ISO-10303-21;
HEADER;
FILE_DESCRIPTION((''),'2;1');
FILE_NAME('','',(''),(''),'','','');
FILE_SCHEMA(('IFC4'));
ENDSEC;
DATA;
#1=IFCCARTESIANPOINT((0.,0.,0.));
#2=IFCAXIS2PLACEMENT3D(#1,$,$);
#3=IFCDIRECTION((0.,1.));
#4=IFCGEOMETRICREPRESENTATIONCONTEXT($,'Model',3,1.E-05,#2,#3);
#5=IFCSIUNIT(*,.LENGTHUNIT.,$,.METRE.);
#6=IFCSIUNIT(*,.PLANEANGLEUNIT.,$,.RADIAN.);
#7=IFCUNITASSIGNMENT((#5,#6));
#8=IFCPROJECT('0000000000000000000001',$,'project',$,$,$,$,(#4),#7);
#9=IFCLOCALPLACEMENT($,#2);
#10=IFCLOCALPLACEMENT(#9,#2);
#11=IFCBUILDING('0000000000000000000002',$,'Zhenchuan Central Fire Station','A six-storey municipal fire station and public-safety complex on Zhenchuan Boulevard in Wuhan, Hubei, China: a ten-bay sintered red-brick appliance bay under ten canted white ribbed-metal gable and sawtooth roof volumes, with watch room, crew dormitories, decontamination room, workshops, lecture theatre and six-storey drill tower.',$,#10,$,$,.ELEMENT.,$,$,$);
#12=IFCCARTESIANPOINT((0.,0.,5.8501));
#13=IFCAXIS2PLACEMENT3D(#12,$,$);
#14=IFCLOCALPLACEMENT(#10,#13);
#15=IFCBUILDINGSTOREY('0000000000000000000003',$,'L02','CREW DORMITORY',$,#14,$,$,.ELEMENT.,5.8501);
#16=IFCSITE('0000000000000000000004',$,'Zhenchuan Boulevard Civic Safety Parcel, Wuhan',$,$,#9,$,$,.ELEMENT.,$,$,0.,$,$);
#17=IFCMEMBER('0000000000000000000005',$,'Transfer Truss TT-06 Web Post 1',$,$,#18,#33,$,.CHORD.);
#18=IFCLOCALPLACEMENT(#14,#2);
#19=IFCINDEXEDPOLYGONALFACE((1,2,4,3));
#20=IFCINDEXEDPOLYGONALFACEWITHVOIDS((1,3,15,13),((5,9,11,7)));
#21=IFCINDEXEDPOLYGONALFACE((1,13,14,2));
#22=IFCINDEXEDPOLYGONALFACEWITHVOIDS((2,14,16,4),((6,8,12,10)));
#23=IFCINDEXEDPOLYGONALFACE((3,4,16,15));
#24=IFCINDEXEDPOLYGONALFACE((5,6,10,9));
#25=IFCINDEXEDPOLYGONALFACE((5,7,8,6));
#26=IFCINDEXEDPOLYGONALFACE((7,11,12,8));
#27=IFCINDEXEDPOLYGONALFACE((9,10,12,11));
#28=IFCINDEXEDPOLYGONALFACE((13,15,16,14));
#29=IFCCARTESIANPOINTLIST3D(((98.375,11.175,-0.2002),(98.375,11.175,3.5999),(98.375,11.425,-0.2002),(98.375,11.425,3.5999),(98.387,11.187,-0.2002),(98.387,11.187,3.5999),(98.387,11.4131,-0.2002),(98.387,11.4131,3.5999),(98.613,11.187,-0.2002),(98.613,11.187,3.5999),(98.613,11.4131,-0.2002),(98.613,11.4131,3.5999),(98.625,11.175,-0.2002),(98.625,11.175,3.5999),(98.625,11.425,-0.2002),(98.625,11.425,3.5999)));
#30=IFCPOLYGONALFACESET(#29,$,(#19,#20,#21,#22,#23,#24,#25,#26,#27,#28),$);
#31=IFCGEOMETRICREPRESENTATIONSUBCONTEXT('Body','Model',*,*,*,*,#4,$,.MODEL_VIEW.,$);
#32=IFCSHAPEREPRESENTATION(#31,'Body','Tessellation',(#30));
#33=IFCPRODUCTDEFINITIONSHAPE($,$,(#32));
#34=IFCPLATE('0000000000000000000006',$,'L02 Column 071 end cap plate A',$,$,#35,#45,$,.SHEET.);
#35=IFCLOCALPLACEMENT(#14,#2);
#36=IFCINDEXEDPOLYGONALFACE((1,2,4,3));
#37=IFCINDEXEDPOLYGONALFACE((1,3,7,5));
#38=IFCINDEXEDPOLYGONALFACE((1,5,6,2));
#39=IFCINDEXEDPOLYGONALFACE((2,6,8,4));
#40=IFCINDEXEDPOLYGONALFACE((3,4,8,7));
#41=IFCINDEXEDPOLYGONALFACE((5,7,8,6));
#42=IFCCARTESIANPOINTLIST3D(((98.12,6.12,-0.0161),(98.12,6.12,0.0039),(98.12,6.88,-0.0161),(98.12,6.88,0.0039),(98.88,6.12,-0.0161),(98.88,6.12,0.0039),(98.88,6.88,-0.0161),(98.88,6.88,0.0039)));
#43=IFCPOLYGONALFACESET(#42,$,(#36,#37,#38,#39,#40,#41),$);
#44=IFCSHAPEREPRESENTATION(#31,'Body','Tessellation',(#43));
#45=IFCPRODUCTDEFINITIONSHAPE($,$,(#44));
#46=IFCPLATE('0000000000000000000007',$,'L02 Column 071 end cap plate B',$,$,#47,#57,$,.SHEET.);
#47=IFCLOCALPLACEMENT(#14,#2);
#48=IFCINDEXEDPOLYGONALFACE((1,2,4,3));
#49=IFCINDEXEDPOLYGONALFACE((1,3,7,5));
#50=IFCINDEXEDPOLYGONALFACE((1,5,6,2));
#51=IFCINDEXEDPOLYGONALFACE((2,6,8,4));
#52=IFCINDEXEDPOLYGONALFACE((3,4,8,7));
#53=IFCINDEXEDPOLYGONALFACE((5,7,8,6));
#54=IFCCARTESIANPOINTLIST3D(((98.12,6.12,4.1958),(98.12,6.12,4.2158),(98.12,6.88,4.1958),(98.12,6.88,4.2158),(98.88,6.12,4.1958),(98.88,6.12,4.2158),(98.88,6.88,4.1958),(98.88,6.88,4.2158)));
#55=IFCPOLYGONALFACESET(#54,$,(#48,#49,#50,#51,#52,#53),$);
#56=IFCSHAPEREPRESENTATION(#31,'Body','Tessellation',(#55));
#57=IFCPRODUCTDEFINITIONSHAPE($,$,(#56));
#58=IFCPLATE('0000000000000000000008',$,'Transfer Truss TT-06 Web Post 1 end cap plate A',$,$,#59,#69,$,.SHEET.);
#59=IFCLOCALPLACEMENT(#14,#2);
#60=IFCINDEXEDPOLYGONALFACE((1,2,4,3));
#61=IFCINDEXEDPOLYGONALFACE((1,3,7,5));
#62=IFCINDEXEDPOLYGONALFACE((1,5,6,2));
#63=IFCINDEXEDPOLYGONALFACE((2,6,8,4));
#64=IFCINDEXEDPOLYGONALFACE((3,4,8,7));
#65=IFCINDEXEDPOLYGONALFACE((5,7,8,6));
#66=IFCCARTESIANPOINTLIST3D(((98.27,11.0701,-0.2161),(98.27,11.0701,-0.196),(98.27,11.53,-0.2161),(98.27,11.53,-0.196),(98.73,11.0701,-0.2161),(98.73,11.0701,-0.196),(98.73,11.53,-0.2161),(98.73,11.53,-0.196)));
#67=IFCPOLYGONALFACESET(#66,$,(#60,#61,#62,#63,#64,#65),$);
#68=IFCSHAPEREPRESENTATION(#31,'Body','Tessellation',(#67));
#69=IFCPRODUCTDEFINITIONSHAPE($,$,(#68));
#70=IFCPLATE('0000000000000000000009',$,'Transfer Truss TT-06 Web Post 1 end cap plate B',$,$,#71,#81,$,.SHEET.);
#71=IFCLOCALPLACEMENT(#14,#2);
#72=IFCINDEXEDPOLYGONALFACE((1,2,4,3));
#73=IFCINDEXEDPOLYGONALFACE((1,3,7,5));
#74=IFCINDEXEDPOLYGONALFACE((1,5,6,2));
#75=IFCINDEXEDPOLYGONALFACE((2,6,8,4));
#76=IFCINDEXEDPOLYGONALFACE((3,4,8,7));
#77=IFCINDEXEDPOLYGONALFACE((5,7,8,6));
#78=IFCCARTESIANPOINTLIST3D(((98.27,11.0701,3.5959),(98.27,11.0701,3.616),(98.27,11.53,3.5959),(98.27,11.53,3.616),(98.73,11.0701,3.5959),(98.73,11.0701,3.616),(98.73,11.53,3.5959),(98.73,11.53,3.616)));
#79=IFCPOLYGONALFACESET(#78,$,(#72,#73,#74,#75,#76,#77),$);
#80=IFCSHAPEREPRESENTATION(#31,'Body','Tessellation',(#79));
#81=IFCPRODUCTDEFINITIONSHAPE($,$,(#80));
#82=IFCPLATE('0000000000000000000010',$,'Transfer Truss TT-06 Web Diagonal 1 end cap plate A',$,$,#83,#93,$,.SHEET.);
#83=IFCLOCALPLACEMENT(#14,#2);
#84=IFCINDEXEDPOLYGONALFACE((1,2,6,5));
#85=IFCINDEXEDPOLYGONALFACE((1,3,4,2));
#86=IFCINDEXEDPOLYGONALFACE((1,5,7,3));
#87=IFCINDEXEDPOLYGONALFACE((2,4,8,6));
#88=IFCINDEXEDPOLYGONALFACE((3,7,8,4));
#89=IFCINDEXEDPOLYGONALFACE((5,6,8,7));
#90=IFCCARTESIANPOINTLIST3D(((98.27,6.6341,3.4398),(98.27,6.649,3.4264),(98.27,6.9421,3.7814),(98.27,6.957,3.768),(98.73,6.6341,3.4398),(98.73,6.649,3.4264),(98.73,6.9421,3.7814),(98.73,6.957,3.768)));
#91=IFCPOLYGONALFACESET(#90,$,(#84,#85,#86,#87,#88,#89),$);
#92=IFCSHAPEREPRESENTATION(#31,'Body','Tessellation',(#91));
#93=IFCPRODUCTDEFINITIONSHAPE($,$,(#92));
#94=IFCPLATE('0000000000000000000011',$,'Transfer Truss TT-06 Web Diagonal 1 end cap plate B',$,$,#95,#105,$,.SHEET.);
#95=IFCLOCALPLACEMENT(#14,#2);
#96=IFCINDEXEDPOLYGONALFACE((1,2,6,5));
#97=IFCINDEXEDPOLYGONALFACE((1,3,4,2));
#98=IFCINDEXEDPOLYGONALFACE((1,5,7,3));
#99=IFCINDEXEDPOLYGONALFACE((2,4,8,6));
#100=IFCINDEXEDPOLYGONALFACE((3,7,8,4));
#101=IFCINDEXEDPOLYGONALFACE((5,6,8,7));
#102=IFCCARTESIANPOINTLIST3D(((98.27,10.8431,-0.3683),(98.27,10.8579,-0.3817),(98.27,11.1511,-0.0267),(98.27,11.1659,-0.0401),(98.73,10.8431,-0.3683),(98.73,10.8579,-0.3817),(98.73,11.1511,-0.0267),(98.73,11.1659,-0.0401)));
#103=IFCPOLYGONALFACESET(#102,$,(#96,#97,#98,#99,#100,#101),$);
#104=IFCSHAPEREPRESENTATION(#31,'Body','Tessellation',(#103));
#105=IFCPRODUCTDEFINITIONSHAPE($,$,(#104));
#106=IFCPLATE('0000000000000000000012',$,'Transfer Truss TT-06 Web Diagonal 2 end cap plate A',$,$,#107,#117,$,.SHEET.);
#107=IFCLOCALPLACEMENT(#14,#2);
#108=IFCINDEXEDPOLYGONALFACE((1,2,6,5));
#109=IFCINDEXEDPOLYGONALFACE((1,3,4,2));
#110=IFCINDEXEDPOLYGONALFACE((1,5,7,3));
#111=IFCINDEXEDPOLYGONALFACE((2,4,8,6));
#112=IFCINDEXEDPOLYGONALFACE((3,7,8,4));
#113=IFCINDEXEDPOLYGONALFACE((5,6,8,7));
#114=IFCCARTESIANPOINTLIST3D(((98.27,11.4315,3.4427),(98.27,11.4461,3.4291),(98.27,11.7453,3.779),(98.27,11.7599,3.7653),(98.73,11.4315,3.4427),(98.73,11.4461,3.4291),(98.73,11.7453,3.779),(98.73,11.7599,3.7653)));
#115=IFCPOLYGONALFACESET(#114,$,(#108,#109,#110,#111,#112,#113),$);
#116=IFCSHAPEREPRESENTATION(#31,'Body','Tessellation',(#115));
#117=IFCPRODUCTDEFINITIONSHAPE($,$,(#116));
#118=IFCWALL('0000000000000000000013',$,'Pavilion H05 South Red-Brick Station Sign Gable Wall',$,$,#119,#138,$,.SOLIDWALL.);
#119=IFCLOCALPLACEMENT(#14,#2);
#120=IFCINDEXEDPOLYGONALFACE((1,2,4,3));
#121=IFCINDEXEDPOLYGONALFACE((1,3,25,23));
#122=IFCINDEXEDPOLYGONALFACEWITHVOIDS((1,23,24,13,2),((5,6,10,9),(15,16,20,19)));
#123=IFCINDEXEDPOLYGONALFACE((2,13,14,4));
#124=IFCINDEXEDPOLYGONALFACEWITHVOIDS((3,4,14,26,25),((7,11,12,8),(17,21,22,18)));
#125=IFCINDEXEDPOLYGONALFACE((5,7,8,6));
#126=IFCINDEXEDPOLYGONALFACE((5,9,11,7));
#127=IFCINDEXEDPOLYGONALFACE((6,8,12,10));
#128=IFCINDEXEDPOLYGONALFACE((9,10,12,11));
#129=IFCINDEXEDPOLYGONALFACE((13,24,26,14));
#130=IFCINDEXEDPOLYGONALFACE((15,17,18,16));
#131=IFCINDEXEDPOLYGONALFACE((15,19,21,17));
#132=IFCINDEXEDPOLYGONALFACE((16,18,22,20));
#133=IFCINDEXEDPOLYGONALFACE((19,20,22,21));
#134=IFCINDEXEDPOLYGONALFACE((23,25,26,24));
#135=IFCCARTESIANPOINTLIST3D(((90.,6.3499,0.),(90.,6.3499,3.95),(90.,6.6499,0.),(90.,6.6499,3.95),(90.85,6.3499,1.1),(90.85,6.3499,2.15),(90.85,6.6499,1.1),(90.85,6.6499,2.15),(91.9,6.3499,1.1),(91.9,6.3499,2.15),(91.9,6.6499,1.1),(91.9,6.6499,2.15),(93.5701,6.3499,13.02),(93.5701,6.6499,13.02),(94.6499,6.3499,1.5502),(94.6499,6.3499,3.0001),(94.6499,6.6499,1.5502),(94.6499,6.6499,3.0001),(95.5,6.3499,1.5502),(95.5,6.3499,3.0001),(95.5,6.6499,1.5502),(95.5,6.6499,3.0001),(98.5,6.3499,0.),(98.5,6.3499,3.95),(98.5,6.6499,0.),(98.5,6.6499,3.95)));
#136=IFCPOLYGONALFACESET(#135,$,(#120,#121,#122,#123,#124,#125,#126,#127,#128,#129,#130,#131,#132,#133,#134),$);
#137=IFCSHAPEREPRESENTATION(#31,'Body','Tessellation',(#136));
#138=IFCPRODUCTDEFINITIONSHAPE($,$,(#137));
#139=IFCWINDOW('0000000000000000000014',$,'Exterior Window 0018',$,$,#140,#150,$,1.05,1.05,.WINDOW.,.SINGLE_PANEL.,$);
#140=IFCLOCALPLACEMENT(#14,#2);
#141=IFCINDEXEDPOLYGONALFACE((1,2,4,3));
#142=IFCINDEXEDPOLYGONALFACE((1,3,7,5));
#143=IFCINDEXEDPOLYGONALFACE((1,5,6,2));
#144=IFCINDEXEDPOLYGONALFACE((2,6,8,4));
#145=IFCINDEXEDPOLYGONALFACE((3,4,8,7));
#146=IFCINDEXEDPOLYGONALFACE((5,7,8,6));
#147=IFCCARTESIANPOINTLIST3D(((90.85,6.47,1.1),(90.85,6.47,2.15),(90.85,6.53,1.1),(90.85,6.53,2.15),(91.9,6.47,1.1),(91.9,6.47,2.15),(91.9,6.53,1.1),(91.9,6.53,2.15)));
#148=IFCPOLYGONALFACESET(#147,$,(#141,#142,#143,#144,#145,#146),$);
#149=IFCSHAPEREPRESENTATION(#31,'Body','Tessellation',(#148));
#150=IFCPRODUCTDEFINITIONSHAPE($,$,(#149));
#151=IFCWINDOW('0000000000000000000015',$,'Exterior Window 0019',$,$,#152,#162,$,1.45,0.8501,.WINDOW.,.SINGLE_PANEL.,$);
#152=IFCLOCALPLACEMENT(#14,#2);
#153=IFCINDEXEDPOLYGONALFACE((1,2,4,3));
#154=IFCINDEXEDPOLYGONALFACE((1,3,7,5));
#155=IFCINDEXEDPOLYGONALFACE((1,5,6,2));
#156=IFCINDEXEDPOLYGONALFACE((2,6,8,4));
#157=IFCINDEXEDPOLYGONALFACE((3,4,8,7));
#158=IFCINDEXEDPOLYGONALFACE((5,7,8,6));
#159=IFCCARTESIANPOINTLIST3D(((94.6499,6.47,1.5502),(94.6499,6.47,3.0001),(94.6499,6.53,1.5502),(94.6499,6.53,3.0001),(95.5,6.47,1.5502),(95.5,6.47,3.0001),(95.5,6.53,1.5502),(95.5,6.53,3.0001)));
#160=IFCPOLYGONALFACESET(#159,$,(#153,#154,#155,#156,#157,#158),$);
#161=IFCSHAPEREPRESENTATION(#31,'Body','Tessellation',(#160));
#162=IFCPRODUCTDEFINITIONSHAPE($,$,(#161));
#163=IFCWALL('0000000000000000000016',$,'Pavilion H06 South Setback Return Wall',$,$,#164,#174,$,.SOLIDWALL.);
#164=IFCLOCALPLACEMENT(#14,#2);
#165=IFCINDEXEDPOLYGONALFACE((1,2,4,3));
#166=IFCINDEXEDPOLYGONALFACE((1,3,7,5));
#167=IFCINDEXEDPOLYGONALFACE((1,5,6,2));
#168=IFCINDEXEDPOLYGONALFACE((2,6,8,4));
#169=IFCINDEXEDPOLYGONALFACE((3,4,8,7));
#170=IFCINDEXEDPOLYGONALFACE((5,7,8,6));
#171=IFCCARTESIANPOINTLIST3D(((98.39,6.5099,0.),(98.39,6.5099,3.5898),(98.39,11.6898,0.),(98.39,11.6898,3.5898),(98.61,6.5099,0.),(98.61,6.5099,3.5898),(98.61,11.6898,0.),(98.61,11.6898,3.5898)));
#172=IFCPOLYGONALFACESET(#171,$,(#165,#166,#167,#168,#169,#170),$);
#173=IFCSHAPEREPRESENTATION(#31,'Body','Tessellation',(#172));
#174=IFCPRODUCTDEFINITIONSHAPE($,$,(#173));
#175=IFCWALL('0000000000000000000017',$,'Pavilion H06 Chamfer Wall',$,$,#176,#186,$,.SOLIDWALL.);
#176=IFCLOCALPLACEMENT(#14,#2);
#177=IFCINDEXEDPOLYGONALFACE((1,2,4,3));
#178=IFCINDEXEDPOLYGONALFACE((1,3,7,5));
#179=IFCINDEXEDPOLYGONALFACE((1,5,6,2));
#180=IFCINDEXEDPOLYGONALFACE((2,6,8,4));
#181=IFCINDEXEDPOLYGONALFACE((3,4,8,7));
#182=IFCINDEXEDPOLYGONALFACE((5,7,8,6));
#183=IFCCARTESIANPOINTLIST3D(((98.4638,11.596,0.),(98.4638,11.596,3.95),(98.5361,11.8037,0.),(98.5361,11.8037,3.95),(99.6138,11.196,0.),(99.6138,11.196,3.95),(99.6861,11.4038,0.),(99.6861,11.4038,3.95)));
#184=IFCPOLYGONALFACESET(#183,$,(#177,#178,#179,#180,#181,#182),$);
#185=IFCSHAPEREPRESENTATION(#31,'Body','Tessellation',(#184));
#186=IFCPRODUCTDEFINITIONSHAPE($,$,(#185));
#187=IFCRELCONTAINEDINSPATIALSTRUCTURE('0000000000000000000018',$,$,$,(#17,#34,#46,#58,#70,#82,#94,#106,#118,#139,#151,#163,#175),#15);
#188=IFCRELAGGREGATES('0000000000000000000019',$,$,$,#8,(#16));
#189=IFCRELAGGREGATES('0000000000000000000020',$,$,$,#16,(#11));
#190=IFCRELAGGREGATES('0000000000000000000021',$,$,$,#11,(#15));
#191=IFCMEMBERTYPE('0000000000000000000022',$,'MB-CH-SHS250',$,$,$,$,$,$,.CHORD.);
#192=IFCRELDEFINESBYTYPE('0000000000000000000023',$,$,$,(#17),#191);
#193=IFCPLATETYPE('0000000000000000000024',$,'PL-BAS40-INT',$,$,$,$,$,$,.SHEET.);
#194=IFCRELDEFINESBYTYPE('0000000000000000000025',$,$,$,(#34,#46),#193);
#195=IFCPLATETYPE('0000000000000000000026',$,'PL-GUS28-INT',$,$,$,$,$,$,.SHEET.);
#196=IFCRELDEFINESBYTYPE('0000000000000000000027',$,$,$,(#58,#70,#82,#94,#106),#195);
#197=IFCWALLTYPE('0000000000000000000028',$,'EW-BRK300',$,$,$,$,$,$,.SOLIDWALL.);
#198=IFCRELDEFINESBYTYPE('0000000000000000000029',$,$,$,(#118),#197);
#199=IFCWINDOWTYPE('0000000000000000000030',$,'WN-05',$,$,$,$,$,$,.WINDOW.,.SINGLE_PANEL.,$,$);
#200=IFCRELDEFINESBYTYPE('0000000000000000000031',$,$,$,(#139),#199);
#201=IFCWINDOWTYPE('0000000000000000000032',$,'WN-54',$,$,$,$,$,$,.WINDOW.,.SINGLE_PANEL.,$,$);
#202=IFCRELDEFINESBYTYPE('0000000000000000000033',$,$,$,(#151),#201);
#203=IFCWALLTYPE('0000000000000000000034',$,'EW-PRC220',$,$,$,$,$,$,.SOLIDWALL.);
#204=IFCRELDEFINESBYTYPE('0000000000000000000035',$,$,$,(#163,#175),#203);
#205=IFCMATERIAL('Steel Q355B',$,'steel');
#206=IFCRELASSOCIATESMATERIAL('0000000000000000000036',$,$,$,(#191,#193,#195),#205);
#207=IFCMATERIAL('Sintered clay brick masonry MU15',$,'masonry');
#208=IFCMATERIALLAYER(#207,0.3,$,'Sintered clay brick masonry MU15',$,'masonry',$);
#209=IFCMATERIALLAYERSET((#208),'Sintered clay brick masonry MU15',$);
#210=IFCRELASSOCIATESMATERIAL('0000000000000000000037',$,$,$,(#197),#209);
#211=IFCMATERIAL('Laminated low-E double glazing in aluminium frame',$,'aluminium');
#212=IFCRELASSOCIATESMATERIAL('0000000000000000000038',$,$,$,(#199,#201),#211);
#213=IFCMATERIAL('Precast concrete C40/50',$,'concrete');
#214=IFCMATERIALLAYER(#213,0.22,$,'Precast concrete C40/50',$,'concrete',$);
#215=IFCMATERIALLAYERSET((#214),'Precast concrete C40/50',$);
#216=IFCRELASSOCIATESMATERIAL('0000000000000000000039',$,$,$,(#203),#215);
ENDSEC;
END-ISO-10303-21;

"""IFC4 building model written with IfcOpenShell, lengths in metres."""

from ifc_helpers import new_model, si_unit, direction, frame, frame_2d, origin, origin_2d, place, context, subcontext, project, spatial, polyline, rectangle, hollow_rectangle, outline, extrude, material, layer, layer_set, material_profile, profile_set, type_object, element, fill, save


model = new_model("IFC4")

# Units and contexts
model_context = context("Model", 3, precision=1e-05, world=origin(), true_north=direction((0.0, 1.0)))
body_context = subcontext(model_context, "Body", "Model", "MODEL_VIEW")
ifc_project = project(units=[si_unit("LENGTHUNIT", "METRE"), si_unit("PLANEANGLEUNIT", "RADIAN")], contexts=[model_context])

# Site, building, storey
site_placement = place(None, origin())
site = spatial("IfcSite", under=ifc_project, at=site_placement, Name="Zhenchuan Boulevard Civic Safety Parcel, Wuhan", CompositionType="ELEMENT", RefElevation=0.0)
building_placement = place(site_placement, origin())
building = spatial("IfcBuilding", under=site, at=building_placement, Name="Zhenchuan Central Fire Station", Description="A six-storey municipal fire station and public-safety complex on Zhenchuan Boulevard in Wuhan, Hubei, China: a ten-bay sintered red-brick appliance bay under ten canted white ribbed-metal gable and sawtooth roof volumes, with watch room, crew dormitories, decontamination room, workshops, lecture theatre and six-storey drill tower.", CompositionType="ELEMENT")
storey_placement = place(building_placement, frame((0.0, 0.0, 5.8501)))
storey = spatial("IfcBuildingStorey", under=building, at=storey_placement, Name="L02", Description="CREW DORMITORY", CompositionType="ELEMENT", Elevation=5.8501)

# Shared definitions
ifc_material_1 = material(Name="Steel Q355B", Category="steel")

# Member
ifc_material_profile_1 = material_profile(ifc_material_1, hollow_rectangle(XDim=0.25, YDim=0.25, WallThickness=0.012, at=origin_2d()), Name="SHS 250x250x12")
ifc_profile_set_1 = profile_set([ifc_material_profile_1], Name="Steel Q355B")
member_type_1 = type_object("IfcMemberType", Name="MB-CH-SHS250", PredefinedType="CHORD", material=ifc_profile_set_1)
member_1_placement = place(storey_placement, frame((98.5, 11.3, -0.2002), z_axis=(0.0, 0.0, 1.0), x_axis=(1.0, 0.0, 0.0)))
element("IfcMember", 1, at=member_1_placement, inside=storey, type_object=member_type_1, Name="Transfer Truss TT-06 Web Post 1", PredefinedType="CHORD", context=body_context, shape_type="SweptSolid", body=[
    extrude(hollow_rectangle(XDim=0.25, YDim=0.25, WallThickness=0.012, at=origin_2d()), origin(), (0.0, 0.0, 1.0), 3.8),
])

# Plates
ifc_material_profile_2 = material_profile(ifc_material_1, rectangle(XDim=0.76, YDim=0.76, at=origin_2d()), Name="PL 760x760x40")
ifc_profile_set_2 = profile_set([ifc_material_profile_2], Name="Steel Q355B")
plate_type_1 = type_object("IfcPlateType", Name="PL-BAS40-INT", PredefinedType="SHEET", material=ifc_profile_set_2)
for number, where, z_axis, x_axis, name in (
    (2, (98.5, 6.5, -0.0161), (0.0, 0.0, 1.0), (1.0, 0.0, 0.0), "L02 Column 071 end cap plate A"),
    (3, (98.5, 6.5, 4.1958), (0.0, 0.0, 1.0), (1.0, 0.0, 0.0), "L02 Column 071 end cap plate B"),
):
    element("IfcPlate", number, at=place(storey_placement, frame(where, z_axis=z_axis, x_axis=x_axis)), inside=storey, type_object=plate_type_1, Name=name, PredefinedType="SHEET", context=body_context, shape_type="SweptSolid", body=[
        extrude(rectangle(XDim=0.76, YDim=0.76, at=origin_2d()), origin(), (0.0, 0.0, 1.0), 0.02),
    ])
ifc_material_profile_3 = material_profile(ifc_material_1, rectangle(XDim=0.46, YDim=0.46, at=origin_2d()), Name="PL 460x460x28")
ifc_profile_set_3 = profile_set([ifc_material_profile_3], Name="Steel Q355B")
plate_type_2 = type_object("IfcPlateType", Name="PL-GUS28-INT", PredefinedType="SHEET", material=ifc_profile_set_3)
for number, where, z_axis, x_axis, name in (
    (4, (98.5, 11.3, -0.2161), (0.0, 0.0, 1.0), (1.0, 0.0, 0.0), "Transfer Truss TT-06 Web Post 1 end cap plate A"),
    (5, (98.5, 11.3, 3.5959), (0.0, 0.0, 1.0), (1.0, 0.0, 0.0), "Transfer Truss TT-06 Web Post 1 end cap plate B"),
    (6, (98.5, 6.7881, 3.6106), (0.0, 0.742688, -0.669637), (-1.0, 0.0, 0.0), "Transfer Truss TT-06 Web Diagonal 1 end cap plate A"),
    (7, (98.5, 10.9971, -0.1975), (0.0, 0.742688, -0.669637), (-1.0, 0.0, 0.0), "Transfer Truss TT-06 Web Diagonal 1 end cap plate B"),
    (8, (98.5, 11.5884, 3.6108), (0.0, 0.731055, -0.682318), (-1.0, 0.0, 0.0), "Transfer Truss TT-06 Web Diagonal 2 end cap plate A"),
):
    element("IfcPlate", number, at=place(storey_placement, frame(where, z_axis=z_axis, x_axis=x_axis)), inside=storey, type_object=plate_type_2, Name=name, PredefinedType="SHEET", context=body_context, shape_type="SweptSolid", body=[
        extrude(rectangle(XDim=0.46, YDim=0.46, at=origin_2d()), origin(), (0.0, 0.0, 1.0), 0.02),
    ])

# Wall, openings, windows
ifc_material_2 = material(Name="Sintered clay brick masonry MU15", Category="masonry")
ifc_layer_1 = layer(ifc_material_2, 0.3, Name="Sintered clay brick masonry MU15", Category="masonry")
ifc_layer_set_1 = layer_set([ifc_layer_1], Name="Sintered clay brick masonry MU15")
wall_type_1 = type_object("IfcWallType", Name="EW-BRK300", PredefinedType="SOLIDWALL", material=ifc_layer_set_1)
wall_1_placement = place(storey_placement, frame((90.0, 6.5, 0.0), z_axis=(0.0, 0.0, 1.0), x_axis=(1.0, 0.0, 0.0)))
wall_1 = element("IfcWall", 9, at=wall_1_placement, inside=storey, type_object=wall_type_1, Name="Pavilion H05 South Red-Brick Station Sign Gable Wall", PredefinedType="SOLIDWALL", context=body_context, shape_type="SweptSolid", body=[
    extrude(outline(polyline([(0.0, 0.0), (8.5, 0.0), (8.5, 3.95), (3.5701, 13.02), (0.0, 3.95), (0.0, 0.0)])), frame((0.0, 0.1499, 0.0), z_axis=(0.0, -1.0, 0.0), x_axis=(1.0, 0.0, 0.0)), (0.0, 0.0, 1.0), 0.3),
])
opening_1_placement = place(wall_1_placement, frame((0.8501, 0.0, 1.1001)))
opening_1 = element("IfcOpeningElement", 10, at=opening_1_placement, cuts=wall_1, PredefinedType="OPENING", context=body_context, shape_type="SweptSolid", body=[
    extrude(rectangle(XDim=1.05, YDim=1.05, at=frame_2d((0.5249, 0.5249))), frame((0.0, 0.1599, 0.0), z_axis=(0.0, -1.0, 0.0), x_axis=(1.0, 0.0, 0.0)), (0.0, 0.0, 1.0), 0.3201),
])
opening_2_placement = place(wall_1_placement, frame((4.6499, 0.0, 1.55)))
opening_2 = element("IfcOpeningElement", 11, at=opening_2_placement, cuts=wall_1, PredefinedType="OPENING", context=body_context, shape_type="SweptSolid", body=[
    extrude(rectangle(XDim=0.8501, YDim=1.45, at=frame_2d((0.425, 0.7251))), frame((0.0, 0.1599, 0.0), z_axis=(0.0, -1.0, 0.0), x_axis=(1.0, 0.0, 0.0)), (0.0, 0.0, 1.0), 0.3201),
])
ifc_material_3 = material(Name="Laminated low-E double glazing in aluminium frame", Category="aluminium")
window_type_1 = type_object("IfcWindowType", Name="WN-05", PartitioningType="SINGLE_PANEL", PredefinedType="WINDOW", material=ifc_material_3)
window_1_placement = place(opening_1_placement, origin())
window_1 = element("IfcWindow", 12, at=window_1_placement, inside=storey, type_object=window_type_1, Name="Exterior Window 0018", OverallHeight=1.05, OverallWidth=1.05, PartitioningType="SINGLE_PANEL", PredefinedType="WINDOW", context=body_context, shape_type="SweptSolid", body=[
    extrude(rectangle(XDim=1.05, YDim=1.05, at=frame_2d((0.5249, 0.5249))), frame((0.0, 0.03, 0.0), z_axis=(0.0, -1.0, 0.0), x_axis=(1.0, 0.0, 0.0)), (0.0, 0.0, 1.0), 0.0601),
])
fill(opening_1, window_1)
window_type_2 = type_object("IfcWindowType", Name="WN-54", PartitioningType="SINGLE_PANEL", PredefinedType="WINDOW", material=ifc_material_3)
window_2_placement = place(opening_2_placement, origin())
window_2 = element("IfcWindow", 13, at=window_2_placement, inside=storey, type_object=window_type_2, Name="Exterior Window 0019", OverallHeight=1.45, OverallWidth=0.8501, PartitioningType="SINGLE_PANEL", PredefinedType="WINDOW", context=body_context, shape_type="SweptSolid", body=[
    extrude(rectangle(XDim=0.8501, YDim=1.45, at=frame_2d((0.425, 0.7251))), frame((0.0, 0.03, 0.0), z_axis=(0.0, -1.0, 0.0), x_axis=(1.0, 0.0, 0.0)), (0.0, 0.0, 1.0), 0.0601),
])
fill(opening_2, window_2)

# Walls
ifc_material_4 = material(Name="Precast concrete C40/50", Category="concrete")
ifc_layer_2 = layer(ifc_material_4, 0.22, Name="Precast concrete C40/50", Category="concrete")
ifc_layer_set_2 = layer_set([ifc_layer_2], Name="Precast concrete C40/50")
wall_type_2 = type_object("IfcWallType", Name="EW-PRC220", PredefinedType="SOLIDWALL", material=ifc_layer_set_2)
wall_2_placement = place(storey_placement, frame((98.5, 6.51, 0.0), z_axis=(0.0, 0.0, 1.0), x_axis=(0.0, 1.0, 0.0)))
element("IfcWall", 14, at=wall_2_placement, inside=storey, type_object=wall_type_2, Name="Pavilion H06 South Setback Return Wall", PredefinedType="SOLIDWALL", context=body_context, shape_type="SweptSolid", body=[
    extrude(rectangle(XDim=5.1799, YDim=0.22, at=frame_2d((2.5898, 0.0))), origin(), (0.0, 0.0, 1.0), 3.5898),
])
wall_3_placement = place(storey_placement, frame((98.5, 11.7, 0.0), z_axis=(0.0, 0.0, 1.0), x_axis=(0.944513, -0.328474, 0.0)))
element("IfcWall", 15, at=wall_3_placement, inside=storey, type_object=wall_type_2, Name="Pavilion H06 Chamfer Wall", PredefinedType="SOLIDWALL", context=body_context, shape_type="SweptSolid", body=[
    extrude(outline(polyline([(0.0, 0.0), (1.2175, 0.0), (1.2175, 3.95), (0.0, 3.95), (0.0, 0.0)])), frame((0.0, 0.1099, 0.0), z_axis=(0.0, -1.0, 0.0), x_axis=(1.0, 0.0, 0.0)), (0.0, 0.0, 1.0), 0.22),
])

save(model, "model.ifc")
